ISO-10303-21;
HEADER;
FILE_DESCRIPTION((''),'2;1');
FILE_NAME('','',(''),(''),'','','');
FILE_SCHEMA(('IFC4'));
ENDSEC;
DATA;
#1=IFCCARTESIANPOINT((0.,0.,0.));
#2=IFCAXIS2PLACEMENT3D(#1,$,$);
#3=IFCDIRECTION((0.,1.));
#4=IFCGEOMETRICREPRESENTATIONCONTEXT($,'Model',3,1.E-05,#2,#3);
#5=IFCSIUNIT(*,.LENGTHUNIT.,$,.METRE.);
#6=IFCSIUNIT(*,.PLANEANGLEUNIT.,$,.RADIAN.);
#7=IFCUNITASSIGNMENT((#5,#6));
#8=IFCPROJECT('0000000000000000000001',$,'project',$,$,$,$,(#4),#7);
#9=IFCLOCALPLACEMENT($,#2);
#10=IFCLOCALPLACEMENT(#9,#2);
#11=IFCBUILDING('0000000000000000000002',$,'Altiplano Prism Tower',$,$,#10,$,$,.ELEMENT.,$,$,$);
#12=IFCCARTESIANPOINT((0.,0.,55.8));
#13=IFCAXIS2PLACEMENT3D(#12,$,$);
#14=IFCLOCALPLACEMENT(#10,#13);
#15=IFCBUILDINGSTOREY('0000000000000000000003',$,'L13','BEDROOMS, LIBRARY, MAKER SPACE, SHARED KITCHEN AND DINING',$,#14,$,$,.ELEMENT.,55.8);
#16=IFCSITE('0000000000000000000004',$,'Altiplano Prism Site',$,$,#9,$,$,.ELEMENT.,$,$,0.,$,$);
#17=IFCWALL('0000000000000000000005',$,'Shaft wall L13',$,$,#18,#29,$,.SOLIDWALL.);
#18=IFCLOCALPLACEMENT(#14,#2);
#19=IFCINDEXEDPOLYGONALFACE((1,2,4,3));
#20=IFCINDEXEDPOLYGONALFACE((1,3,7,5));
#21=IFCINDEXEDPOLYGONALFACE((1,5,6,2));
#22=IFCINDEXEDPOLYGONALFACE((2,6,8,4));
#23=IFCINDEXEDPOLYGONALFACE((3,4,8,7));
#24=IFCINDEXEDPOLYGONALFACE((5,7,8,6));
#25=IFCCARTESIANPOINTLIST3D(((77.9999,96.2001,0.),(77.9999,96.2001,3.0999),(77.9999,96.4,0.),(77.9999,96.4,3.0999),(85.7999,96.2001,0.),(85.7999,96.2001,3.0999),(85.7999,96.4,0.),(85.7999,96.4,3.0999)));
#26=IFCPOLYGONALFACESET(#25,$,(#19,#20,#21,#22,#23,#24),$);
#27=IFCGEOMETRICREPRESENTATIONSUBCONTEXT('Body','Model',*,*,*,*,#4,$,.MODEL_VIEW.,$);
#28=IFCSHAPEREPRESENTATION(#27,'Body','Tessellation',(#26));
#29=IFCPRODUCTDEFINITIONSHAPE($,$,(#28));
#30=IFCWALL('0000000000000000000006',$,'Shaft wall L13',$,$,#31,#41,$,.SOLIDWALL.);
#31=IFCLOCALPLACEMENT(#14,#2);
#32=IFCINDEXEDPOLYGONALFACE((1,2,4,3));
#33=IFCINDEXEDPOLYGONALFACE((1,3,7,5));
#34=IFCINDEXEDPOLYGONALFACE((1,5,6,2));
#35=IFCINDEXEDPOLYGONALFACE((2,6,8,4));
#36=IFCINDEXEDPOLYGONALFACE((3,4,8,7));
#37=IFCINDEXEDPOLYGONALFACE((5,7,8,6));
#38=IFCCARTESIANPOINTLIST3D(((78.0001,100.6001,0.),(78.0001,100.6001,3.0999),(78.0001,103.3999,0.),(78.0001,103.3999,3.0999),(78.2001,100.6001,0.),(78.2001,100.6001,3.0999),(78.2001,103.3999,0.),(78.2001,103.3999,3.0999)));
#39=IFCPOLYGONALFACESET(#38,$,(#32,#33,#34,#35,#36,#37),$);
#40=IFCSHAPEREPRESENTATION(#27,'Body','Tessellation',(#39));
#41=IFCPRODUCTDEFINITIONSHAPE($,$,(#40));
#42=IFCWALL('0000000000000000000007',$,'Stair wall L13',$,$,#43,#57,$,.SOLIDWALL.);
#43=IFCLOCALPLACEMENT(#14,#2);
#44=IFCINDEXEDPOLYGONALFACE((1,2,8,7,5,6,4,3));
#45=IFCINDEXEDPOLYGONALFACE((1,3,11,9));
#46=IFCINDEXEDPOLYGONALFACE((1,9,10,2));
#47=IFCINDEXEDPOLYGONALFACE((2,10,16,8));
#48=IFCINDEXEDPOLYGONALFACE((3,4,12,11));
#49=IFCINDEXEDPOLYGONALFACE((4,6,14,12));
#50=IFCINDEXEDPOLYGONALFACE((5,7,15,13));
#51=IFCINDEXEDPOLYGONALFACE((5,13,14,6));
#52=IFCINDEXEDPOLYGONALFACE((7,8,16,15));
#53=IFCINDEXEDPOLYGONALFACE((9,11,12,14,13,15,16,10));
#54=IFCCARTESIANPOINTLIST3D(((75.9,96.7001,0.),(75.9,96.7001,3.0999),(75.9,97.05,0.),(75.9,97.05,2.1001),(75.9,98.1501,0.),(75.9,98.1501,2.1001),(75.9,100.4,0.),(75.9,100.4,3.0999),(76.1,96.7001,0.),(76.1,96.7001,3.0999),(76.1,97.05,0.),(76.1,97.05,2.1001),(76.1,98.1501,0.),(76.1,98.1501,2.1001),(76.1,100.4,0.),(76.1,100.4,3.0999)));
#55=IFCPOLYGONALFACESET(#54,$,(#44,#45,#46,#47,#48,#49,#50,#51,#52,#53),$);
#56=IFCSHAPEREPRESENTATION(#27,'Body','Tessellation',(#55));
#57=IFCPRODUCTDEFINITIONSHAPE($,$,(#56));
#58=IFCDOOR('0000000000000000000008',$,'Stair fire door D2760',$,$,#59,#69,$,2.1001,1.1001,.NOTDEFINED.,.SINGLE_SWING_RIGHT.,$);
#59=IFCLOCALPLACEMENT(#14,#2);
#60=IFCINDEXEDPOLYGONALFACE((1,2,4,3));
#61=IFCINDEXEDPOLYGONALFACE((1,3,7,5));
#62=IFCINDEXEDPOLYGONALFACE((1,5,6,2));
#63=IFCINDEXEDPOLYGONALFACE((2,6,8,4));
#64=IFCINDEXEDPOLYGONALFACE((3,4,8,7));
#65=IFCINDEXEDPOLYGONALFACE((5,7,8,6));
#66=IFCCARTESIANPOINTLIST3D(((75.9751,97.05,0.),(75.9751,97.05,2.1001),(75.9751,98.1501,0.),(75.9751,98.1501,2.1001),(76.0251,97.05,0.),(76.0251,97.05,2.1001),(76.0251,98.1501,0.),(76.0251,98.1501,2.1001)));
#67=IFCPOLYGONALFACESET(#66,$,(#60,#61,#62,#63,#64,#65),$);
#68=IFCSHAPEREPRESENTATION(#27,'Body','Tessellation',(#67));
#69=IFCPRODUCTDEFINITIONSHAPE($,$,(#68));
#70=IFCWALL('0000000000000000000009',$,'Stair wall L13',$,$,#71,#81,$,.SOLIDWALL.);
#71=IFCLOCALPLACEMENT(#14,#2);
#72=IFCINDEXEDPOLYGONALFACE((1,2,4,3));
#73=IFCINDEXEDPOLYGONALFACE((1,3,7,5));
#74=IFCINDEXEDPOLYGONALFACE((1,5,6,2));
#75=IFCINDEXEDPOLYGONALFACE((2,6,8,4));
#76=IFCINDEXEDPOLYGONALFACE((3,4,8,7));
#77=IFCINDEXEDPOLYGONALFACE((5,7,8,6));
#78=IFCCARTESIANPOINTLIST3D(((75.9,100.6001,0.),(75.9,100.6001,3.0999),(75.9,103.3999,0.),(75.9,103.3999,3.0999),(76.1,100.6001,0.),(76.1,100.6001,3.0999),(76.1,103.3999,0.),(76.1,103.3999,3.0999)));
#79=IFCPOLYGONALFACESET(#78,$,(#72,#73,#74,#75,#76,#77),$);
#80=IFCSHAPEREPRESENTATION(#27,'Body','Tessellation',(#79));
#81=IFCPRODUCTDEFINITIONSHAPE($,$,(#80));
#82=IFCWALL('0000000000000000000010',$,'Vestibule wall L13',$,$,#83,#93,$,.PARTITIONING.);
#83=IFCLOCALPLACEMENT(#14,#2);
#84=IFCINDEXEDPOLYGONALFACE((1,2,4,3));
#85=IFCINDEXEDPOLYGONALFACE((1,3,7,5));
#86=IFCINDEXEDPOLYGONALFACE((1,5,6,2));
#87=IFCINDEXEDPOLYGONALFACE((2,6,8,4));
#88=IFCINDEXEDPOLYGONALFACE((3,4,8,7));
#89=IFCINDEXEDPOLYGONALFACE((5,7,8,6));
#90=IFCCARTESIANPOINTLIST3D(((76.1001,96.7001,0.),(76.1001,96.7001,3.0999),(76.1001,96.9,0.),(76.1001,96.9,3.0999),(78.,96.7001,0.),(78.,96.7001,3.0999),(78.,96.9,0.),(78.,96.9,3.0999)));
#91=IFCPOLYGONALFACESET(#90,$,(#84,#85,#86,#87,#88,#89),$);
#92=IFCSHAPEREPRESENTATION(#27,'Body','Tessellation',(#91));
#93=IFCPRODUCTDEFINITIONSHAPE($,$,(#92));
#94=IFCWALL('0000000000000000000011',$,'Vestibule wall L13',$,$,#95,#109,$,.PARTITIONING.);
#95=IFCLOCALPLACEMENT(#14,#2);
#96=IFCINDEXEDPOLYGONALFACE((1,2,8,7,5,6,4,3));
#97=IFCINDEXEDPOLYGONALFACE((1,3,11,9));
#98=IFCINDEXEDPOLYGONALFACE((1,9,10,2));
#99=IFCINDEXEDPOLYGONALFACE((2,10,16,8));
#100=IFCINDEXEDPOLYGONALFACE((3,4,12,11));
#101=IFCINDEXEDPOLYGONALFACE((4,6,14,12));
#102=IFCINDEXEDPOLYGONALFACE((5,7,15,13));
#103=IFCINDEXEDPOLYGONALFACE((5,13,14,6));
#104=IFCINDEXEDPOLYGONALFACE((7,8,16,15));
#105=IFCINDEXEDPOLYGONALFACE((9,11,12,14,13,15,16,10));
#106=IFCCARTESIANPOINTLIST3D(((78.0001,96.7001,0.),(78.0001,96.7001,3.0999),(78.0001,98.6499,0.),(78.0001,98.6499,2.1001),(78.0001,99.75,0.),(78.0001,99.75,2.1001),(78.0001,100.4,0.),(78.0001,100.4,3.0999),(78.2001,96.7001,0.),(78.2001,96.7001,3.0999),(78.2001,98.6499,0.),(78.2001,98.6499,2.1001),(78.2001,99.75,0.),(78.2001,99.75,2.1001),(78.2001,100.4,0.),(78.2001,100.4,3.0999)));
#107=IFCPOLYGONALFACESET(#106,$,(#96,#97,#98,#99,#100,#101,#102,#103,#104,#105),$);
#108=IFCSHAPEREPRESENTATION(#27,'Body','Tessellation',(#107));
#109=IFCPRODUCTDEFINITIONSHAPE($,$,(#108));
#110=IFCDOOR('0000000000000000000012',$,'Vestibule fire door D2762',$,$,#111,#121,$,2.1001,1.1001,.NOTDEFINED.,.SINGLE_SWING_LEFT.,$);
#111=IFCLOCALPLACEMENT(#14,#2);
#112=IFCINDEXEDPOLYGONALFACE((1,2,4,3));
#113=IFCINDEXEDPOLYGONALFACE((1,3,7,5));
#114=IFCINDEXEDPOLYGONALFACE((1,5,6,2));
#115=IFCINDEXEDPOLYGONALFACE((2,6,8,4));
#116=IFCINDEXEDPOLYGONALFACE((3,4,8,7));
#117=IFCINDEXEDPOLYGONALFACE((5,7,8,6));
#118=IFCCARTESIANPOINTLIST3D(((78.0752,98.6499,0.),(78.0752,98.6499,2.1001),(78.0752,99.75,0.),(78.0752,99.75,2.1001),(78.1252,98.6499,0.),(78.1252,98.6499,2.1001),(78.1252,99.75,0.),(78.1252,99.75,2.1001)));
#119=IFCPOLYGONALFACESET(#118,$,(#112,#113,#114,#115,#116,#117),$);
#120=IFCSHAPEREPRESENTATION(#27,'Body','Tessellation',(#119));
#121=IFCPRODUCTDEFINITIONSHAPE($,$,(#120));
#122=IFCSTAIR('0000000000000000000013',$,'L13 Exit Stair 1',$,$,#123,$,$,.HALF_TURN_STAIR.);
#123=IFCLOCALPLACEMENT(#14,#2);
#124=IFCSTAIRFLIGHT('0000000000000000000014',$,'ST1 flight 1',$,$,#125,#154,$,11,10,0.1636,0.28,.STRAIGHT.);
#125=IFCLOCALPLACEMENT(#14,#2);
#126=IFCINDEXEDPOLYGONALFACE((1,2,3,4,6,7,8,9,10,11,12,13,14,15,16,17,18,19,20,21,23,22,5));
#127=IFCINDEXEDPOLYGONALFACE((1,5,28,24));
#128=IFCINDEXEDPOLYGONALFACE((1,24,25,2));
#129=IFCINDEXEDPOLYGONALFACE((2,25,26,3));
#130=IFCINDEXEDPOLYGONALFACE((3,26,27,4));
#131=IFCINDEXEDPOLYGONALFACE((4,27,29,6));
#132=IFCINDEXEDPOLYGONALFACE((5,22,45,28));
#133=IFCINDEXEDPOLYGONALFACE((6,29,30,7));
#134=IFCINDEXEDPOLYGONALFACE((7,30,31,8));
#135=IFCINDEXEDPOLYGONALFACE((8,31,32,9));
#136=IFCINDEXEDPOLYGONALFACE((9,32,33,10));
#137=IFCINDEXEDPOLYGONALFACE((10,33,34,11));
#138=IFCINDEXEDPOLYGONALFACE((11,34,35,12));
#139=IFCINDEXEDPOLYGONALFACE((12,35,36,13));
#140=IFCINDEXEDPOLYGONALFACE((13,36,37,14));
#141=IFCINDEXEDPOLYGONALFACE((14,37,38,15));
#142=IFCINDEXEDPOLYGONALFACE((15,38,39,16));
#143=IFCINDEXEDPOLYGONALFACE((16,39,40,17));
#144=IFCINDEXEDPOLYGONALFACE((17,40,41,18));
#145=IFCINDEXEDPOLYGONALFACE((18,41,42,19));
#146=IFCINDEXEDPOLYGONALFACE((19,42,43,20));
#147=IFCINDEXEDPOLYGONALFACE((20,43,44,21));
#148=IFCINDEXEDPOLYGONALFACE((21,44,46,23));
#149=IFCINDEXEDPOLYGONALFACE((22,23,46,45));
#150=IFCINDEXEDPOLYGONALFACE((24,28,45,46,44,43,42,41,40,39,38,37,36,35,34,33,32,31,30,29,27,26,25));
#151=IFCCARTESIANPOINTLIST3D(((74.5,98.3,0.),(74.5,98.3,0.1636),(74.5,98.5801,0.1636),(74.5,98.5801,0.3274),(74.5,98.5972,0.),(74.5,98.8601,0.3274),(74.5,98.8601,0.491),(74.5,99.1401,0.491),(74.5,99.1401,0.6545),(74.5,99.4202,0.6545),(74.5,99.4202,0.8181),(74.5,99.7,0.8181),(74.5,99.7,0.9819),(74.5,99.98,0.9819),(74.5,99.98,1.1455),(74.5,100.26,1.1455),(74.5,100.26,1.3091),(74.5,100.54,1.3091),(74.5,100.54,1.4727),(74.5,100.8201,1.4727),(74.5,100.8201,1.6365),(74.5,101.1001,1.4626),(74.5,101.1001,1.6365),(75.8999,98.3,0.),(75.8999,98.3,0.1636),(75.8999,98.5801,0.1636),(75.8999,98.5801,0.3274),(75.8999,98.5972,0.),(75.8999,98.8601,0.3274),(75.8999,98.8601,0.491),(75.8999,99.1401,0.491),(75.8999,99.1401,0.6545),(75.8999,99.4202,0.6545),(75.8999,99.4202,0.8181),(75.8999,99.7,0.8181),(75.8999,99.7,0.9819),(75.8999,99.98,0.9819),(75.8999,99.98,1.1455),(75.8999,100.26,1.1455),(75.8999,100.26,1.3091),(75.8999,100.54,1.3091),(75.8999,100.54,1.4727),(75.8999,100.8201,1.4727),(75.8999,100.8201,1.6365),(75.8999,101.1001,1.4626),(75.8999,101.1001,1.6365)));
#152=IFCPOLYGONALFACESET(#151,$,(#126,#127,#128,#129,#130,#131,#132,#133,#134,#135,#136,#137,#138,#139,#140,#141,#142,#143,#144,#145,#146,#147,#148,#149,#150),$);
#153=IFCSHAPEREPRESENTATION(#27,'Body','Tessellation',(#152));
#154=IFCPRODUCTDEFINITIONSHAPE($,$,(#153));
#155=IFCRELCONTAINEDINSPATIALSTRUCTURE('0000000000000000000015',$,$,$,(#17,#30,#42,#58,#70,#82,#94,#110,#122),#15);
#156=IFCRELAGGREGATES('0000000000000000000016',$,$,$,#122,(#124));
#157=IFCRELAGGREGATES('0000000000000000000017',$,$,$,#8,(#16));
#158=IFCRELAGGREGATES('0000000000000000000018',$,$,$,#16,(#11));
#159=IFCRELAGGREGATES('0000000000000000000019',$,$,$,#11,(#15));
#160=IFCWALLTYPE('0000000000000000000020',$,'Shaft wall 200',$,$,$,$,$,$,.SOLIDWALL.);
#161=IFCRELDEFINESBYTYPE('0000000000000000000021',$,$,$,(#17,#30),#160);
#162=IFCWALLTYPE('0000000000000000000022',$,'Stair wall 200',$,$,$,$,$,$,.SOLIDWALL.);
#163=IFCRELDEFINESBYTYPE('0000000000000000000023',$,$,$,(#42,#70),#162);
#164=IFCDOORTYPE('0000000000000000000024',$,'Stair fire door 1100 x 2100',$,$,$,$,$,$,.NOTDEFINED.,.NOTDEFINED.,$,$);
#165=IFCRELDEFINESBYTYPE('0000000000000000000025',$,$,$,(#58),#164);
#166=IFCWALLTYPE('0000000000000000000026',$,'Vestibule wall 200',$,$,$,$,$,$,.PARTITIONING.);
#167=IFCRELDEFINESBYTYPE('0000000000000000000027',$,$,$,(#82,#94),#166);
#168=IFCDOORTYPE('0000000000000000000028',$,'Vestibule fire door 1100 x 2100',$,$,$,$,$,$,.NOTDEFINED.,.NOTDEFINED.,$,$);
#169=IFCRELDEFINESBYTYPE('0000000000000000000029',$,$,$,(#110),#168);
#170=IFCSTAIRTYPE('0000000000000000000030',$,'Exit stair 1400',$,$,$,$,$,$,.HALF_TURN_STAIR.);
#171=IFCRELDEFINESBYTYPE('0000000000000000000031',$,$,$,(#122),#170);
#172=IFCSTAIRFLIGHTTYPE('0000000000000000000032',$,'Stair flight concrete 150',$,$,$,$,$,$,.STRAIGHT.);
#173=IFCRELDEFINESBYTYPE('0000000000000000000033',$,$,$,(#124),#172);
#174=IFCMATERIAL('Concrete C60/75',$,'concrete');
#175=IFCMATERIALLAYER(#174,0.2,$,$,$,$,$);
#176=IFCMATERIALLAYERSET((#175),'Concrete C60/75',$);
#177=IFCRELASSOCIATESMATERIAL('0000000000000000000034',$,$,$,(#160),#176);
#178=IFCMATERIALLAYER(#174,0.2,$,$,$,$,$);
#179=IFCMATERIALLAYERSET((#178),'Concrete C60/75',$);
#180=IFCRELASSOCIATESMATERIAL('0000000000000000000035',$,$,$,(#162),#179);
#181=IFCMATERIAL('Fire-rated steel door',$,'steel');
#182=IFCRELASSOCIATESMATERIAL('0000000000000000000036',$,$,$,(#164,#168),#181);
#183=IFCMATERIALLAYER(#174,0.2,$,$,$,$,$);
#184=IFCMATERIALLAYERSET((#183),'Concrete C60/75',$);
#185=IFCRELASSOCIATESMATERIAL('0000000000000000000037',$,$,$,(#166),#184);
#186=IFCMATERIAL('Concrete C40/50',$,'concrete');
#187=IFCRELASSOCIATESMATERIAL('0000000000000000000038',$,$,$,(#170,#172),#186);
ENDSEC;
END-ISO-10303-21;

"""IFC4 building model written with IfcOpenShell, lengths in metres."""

from ifc_helpers import new_model, si_unit, direction, frame, frame_2d, origin, place, context, subcontext, project, spatial, polyline, rectangle, outline, extrude, material, layer, layer_set, type_object, element, fill, aggregate, save


model = new_model("IFC4")

# Units and contexts
model_context = context("Model", 3, precision=1e-05, world=origin(), true_north=direction((0.0, 1.0)))
body_context = subcontext(model_context, "Body", "Model", "MODEL_VIEW")
ifc_project = project(units=[si_unit("LENGTHUNIT", "METRE"), si_unit("PLANEANGLEUNIT", "RADIAN")], contexts=[model_context])

# Site, building, storey
site_placement = place(None, origin())
site = spatial("IfcSite", under=ifc_project, at=site_placement, Name="Altiplano Prism Site", CompositionType="ELEMENT", RefElevation=0.0)
building_placement = place(site_placement, origin())
building = spatial("IfcBuilding", under=site, at=building_placement, Name="Altiplano Prism Tower", CompositionType="ELEMENT")
storey_placement = place(building_placement, frame((0.0, 0.0, 55.8)))
storey = spatial("IfcBuildingStorey", under=building, at=storey_placement, Name="L13", Description="BEDROOMS, LIBRARY, MAKER SPACE, SHARED KITCHEN AND DINING", CompositionType="ELEMENT", Elevation=55.8)

# Walls
ifc_material_1 = material(Name="Concrete C60/75", Category="concrete")
ifc_layer_1 = layer(ifc_material_1, 0.2)
ifc_layer_set_1 = layer_set([ifc_layer_1], Name="Concrete C60/75")
wall_type_1 = type_object("IfcWallType", Name="Shaft wall 200", PredefinedType="SOLIDWALL", material=ifc_layer_set_1)
wall_1_placement = place(storey_placement, frame((78.0, 96.3, 0.0), z_axis=(0.0, 0.0, 1.0), x_axis=(1.0, 0.0, 0.0)))
element("IfcWall", 1, at=wall_1_placement, inside=storey, type_object=wall_type_1, Name="Shaft wall L13", PredefinedType="SOLIDWALL", context=body_context, shape_type="SweptSolid", body=[
    extrude(rectangle(XDim=7.8, YDim=0.2, at=frame_2d((3.8999, 0.0))), origin(), (0.0, 0.0, 1.0), 3.0999),
])
wall_2_placement = place(storey_placement, frame((78.1001, 100.6001, 0.0), z_axis=(0.0, 0.0, 1.0), x_axis=(0.0, 1.0, 0.0)))
element("IfcWall", 2, at=wall_2_placement, inside=storey, type_object=wall_type_1, Name="Shaft wall L13", PredefinedType="SOLIDWALL", context=body_context, shape_type="SweptSolid", body=[
    extrude(rectangle(XDim=2.7998, YDim=0.2, at=frame_2d((1.3999, 0.0))), origin(), (0.0, 0.0, 1.0), 3.0999),
])

# Wall, opening, door
ifc_layer_2 = layer(ifc_material_1, 0.2)
ifc_layer_set_2 = layer_set([ifc_layer_2], Name="Concrete C60/75")
wall_type_2 = type_object("IfcWallType", Name="Stair wall 200", PredefinedType="SOLIDWALL", material=ifc_layer_set_2)
wall_3_placement = place(storey_placement, frame((76.0, 96.7, 0.0), z_axis=(0.0, 0.0, 1.0), x_axis=(0.0, 1.0, 0.0)))
wall_3 = element("IfcWall", 3, at=wall_3_placement, inside=storey, type_object=wall_type_2, Name="Stair wall L13", PredefinedType="SOLIDWALL", context=body_context, shape_type="SweptSolid", body=[
    extrude(rectangle(XDim=3.7, YDim=0.2, at=frame_2d((1.8501, 0.0))), origin(), (0.0, 0.0, 1.0), 3.0999),
])
opening_1_placement = place(wall_3_placement, frame((0.3501, 0.0, 0.0)))
opening_1 = element("IfcOpeningElement", 4, at=opening_1_placement, cuts=wall_3, PredefinedType="OPENING", context=body_context, shape_type="SweptSolid", body=[
    extrude(rectangle(XDim=1.1001, YDim=2.1001, at=frame_2d((0.55, 1.05))), frame((0.0, 0.1104, 0.0), z_axis=(0.0, -1.0, 0.0), x_axis=(1.0, 0.0, 0.0)), (0.0, 0.0, 1.0), 0.2209),
])
ifc_material_2 = material(Name="Fire-rated steel door", Category="steel")
door_type_1 = type_object("IfcDoorType", Name="Stair fire door 1100 x 2100", OperationType="NOTDEFINED", PredefinedType="NOTDEFINED", material=ifc_material_2)
door_1_placement = place(opening_1_placement, origin())
door_1 = element("IfcDoor", 5, at=door_1_placement, inside=storey, type_object=door_type_1, Name="Stair fire door D2760", OperationType="SINGLE_SWING_RIGHT", OverallHeight=2.1001, OverallWidth=1.1001, PredefinedType="NOTDEFINED", context=body_context, shape_type="SweptSolid", body=[
    extrude(rectangle(XDim=1.1001, YDim=2.1001, at=frame_2d((0.55, 1.05))), frame((0.0, 0.0249, 0.0), z_axis=(0.0, -1.0, 0.0), x_axis=(1.0, 0.0, 0.0)), (0.0, 0.0, 1.0), 0.05),
])
fill(opening_1, door_1)

# Walls
wall_4_placement = place(storey_placement, frame((76.0, 100.6001, 0.0), z_axis=(0.0, 0.0, 1.0), x_axis=(0.0, 1.0, 0.0)))
element("IfcWall", 6, at=wall_4_placement, inside=storey, type_object=wall_type_2, Name="Stair wall L13", PredefinedType="SOLIDWALL", context=body_context, shape_type="SweptSolid", body=[
    extrude(rectangle(XDim=2.7998, YDim=0.2, at=frame_2d((1.3999, 0.0))), origin(), (0.0, 0.0, 1.0), 3.0999),
])
ifc_layer_3 = layer(ifc_material_1, 0.2)
ifc_layer_set_3 = layer_set([ifc_layer_3], Name="Concrete C60/75")
wall_type_3 = type_object("IfcWallType", Name="Vestibule wall 200", PredefinedType="PARTITIONING", material=ifc_layer_set_3)
wall_5_placement = place(storey_placement, frame((76.1001, 96.8, 0.0), z_axis=(0.0, 0.0, 1.0), x_axis=(1.0, 0.0, 0.0)))
element("IfcWall", 7, at=wall_5_placement, inside=storey, type_object=wall_type_3, Name="Vestibule wall L13", PredefinedType="PARTITIONING", context=body_context, shape_type="SweptSolid", body=[
    extrude(rectangle(XDim=1.8999, YDim=0.2, at=frame_2d((0.95, 0.0))), origin(), (0.0, 0.0, 1.0), 3.0999),
])

# Wall, opening, door
wall_6_placement = place(storey_placement, frame((78.1001, 96.7, 0.0), z_axis=(0.0, 0.0, 1.0), x_axis=(0.0, 1.0, 0.0)))
wall_6 = element("IfcWall", 8, at=wall_6_placement, inside=storey, type_object=wall_type_3, Name="Vestibule wall L13", PredefinedType="PARTITIONING", context=body_context, shape_type="SweptSolid", body=[
    extrude(rectangle(XDim=3.7, YDim=0.2, at=frame_2d((1.8501, 0.0))), origin(), (0.0, 0.0, 1.0), 3.0999),
])
opening_2_placement = place(wall_6_placement, frame((1.95, 0.0, 0.0)))
opening_2 = element("IfcOpeningElement", 9, at=opening_2_placement, cuts=wall_6, PredefinedType="OPENING", context=body_context, shape_type="SweptSolid", body=[
    extrude(rectangle(XDim=1.1001, YDim=2.1001, at=frame_2d((0.55, 1.05))), frame((0.0, 0.1104, 0.0), z_axis=(0.0, -1.0, 0.0), x_axis=(1.0, 0.0, 0.0)), (0.0, 0.0, 1.0), 0.2209),
])
door_type_2 = type_object("IfcDoorType", Name="Vestibule fire door 1100 x 2100", OperationType="NOTDEFINED", PredefinedType="NOTDEFINED", material=ifc_material_2)
door_2_placement = place(opening_2_placement, origin())
door_2 = element("IfcDoor", 10, at=door_2_placement, inside=storey, type_object=door_type_2, Name="Vestibule fire door D2762", OperationType="SINGLE_SWING_LEFT", OverallHeight=2.1001, OverallWidth=1.1001, PredefinedType="NOTDEFINED", context=body_context, shape_type="SweptSolid", body=[
    extrude(rectangle(XDim=1.1001, YDim=2.1001, at=frame_2d((0.55, 1.05))), frame((0.0, 0.0249, 0.0), z_axis=(0.0, -1.0, 0.0), x_axis=(1.0, 0.0, 0.0)), (0.0, 0.0, 1.0), 0.05),
])
fill(opening_2, door_2)

# Stair, stair flight
ifc_material_3 = material(Name="Concrete C40/50", Category="concrete")
stair_type = type_object("IfcStairType", Name="Exit stair 1400", PredefinedType="HALF_TURN_STAIR", material=ifc_material_3)
stair_placement = place(storey_placement, origin())
stair = element("IfcStair", 11, at=stair_placement, inside=storey, type_object=stair_type, Name="L13 Exit Stair 1", PredefinedType="HALF_TURN_STAIR")
stair_flight_type = type_object("IfcStairFlightType", Name="Stair flight concrete 150", PredefinedType="STRAIGHT", material=ifc_material_3)
stair_flight_1_placement = place(storey_placement, frame((75.2, 98.3, 0.0), z_axis=(0.0, 0.0, 1.0), x_axis=(0.0, 1.0, 0.0)))
stair_flight_1 = element("IfcStairFlight", 12, at=stair_flight_1_placement, type_object=stair_flight_type, Name="ST1 flight 1", NumberOfRisers=11, NumberOfTreads=10, PredefinedType="STRAIGHT", RiserHeight=0.1636, TreadLength=0.28, context=body_context, shape_type="SweptSolid", body=[
    extrude(outline(polyline([(0.0, 0.0), (0.0, 0.1636), (0.28, 0.1636), (0.28, 0.3274), (0.5601, 0.3274), (0.5601, 0.491), (0.8401, 0.491), (0.8401, 0.6545), (1.1201, 0.6545), (1.1201, 0.8181), (1.3999, 0.8181), (1.3999, 0.9819), (1.6799, 0.9819), (1.6799, 1.1455), (1.96, 1.1455), (1.96, 1.3091), (2.24, 1.3091), (2.24, 1.4727), (2.52, 1.4727), (2.52, 1.6365), (2.8, 1.6365), (2.8, 1.8), (2.8, 1.4626), (0.2971, 0.0), (0.0, 0.0)])), frame((0.0, 0.7, 0.0), z_axis=(0.0, -1.0, 0.0), x_axis=(1.0, 0.0, 0.0)), (0.0, 0.0, 1.0), 1.3999),
])
aggregate(stair, [stair_flight_1])

save(model, "model.ifc")
